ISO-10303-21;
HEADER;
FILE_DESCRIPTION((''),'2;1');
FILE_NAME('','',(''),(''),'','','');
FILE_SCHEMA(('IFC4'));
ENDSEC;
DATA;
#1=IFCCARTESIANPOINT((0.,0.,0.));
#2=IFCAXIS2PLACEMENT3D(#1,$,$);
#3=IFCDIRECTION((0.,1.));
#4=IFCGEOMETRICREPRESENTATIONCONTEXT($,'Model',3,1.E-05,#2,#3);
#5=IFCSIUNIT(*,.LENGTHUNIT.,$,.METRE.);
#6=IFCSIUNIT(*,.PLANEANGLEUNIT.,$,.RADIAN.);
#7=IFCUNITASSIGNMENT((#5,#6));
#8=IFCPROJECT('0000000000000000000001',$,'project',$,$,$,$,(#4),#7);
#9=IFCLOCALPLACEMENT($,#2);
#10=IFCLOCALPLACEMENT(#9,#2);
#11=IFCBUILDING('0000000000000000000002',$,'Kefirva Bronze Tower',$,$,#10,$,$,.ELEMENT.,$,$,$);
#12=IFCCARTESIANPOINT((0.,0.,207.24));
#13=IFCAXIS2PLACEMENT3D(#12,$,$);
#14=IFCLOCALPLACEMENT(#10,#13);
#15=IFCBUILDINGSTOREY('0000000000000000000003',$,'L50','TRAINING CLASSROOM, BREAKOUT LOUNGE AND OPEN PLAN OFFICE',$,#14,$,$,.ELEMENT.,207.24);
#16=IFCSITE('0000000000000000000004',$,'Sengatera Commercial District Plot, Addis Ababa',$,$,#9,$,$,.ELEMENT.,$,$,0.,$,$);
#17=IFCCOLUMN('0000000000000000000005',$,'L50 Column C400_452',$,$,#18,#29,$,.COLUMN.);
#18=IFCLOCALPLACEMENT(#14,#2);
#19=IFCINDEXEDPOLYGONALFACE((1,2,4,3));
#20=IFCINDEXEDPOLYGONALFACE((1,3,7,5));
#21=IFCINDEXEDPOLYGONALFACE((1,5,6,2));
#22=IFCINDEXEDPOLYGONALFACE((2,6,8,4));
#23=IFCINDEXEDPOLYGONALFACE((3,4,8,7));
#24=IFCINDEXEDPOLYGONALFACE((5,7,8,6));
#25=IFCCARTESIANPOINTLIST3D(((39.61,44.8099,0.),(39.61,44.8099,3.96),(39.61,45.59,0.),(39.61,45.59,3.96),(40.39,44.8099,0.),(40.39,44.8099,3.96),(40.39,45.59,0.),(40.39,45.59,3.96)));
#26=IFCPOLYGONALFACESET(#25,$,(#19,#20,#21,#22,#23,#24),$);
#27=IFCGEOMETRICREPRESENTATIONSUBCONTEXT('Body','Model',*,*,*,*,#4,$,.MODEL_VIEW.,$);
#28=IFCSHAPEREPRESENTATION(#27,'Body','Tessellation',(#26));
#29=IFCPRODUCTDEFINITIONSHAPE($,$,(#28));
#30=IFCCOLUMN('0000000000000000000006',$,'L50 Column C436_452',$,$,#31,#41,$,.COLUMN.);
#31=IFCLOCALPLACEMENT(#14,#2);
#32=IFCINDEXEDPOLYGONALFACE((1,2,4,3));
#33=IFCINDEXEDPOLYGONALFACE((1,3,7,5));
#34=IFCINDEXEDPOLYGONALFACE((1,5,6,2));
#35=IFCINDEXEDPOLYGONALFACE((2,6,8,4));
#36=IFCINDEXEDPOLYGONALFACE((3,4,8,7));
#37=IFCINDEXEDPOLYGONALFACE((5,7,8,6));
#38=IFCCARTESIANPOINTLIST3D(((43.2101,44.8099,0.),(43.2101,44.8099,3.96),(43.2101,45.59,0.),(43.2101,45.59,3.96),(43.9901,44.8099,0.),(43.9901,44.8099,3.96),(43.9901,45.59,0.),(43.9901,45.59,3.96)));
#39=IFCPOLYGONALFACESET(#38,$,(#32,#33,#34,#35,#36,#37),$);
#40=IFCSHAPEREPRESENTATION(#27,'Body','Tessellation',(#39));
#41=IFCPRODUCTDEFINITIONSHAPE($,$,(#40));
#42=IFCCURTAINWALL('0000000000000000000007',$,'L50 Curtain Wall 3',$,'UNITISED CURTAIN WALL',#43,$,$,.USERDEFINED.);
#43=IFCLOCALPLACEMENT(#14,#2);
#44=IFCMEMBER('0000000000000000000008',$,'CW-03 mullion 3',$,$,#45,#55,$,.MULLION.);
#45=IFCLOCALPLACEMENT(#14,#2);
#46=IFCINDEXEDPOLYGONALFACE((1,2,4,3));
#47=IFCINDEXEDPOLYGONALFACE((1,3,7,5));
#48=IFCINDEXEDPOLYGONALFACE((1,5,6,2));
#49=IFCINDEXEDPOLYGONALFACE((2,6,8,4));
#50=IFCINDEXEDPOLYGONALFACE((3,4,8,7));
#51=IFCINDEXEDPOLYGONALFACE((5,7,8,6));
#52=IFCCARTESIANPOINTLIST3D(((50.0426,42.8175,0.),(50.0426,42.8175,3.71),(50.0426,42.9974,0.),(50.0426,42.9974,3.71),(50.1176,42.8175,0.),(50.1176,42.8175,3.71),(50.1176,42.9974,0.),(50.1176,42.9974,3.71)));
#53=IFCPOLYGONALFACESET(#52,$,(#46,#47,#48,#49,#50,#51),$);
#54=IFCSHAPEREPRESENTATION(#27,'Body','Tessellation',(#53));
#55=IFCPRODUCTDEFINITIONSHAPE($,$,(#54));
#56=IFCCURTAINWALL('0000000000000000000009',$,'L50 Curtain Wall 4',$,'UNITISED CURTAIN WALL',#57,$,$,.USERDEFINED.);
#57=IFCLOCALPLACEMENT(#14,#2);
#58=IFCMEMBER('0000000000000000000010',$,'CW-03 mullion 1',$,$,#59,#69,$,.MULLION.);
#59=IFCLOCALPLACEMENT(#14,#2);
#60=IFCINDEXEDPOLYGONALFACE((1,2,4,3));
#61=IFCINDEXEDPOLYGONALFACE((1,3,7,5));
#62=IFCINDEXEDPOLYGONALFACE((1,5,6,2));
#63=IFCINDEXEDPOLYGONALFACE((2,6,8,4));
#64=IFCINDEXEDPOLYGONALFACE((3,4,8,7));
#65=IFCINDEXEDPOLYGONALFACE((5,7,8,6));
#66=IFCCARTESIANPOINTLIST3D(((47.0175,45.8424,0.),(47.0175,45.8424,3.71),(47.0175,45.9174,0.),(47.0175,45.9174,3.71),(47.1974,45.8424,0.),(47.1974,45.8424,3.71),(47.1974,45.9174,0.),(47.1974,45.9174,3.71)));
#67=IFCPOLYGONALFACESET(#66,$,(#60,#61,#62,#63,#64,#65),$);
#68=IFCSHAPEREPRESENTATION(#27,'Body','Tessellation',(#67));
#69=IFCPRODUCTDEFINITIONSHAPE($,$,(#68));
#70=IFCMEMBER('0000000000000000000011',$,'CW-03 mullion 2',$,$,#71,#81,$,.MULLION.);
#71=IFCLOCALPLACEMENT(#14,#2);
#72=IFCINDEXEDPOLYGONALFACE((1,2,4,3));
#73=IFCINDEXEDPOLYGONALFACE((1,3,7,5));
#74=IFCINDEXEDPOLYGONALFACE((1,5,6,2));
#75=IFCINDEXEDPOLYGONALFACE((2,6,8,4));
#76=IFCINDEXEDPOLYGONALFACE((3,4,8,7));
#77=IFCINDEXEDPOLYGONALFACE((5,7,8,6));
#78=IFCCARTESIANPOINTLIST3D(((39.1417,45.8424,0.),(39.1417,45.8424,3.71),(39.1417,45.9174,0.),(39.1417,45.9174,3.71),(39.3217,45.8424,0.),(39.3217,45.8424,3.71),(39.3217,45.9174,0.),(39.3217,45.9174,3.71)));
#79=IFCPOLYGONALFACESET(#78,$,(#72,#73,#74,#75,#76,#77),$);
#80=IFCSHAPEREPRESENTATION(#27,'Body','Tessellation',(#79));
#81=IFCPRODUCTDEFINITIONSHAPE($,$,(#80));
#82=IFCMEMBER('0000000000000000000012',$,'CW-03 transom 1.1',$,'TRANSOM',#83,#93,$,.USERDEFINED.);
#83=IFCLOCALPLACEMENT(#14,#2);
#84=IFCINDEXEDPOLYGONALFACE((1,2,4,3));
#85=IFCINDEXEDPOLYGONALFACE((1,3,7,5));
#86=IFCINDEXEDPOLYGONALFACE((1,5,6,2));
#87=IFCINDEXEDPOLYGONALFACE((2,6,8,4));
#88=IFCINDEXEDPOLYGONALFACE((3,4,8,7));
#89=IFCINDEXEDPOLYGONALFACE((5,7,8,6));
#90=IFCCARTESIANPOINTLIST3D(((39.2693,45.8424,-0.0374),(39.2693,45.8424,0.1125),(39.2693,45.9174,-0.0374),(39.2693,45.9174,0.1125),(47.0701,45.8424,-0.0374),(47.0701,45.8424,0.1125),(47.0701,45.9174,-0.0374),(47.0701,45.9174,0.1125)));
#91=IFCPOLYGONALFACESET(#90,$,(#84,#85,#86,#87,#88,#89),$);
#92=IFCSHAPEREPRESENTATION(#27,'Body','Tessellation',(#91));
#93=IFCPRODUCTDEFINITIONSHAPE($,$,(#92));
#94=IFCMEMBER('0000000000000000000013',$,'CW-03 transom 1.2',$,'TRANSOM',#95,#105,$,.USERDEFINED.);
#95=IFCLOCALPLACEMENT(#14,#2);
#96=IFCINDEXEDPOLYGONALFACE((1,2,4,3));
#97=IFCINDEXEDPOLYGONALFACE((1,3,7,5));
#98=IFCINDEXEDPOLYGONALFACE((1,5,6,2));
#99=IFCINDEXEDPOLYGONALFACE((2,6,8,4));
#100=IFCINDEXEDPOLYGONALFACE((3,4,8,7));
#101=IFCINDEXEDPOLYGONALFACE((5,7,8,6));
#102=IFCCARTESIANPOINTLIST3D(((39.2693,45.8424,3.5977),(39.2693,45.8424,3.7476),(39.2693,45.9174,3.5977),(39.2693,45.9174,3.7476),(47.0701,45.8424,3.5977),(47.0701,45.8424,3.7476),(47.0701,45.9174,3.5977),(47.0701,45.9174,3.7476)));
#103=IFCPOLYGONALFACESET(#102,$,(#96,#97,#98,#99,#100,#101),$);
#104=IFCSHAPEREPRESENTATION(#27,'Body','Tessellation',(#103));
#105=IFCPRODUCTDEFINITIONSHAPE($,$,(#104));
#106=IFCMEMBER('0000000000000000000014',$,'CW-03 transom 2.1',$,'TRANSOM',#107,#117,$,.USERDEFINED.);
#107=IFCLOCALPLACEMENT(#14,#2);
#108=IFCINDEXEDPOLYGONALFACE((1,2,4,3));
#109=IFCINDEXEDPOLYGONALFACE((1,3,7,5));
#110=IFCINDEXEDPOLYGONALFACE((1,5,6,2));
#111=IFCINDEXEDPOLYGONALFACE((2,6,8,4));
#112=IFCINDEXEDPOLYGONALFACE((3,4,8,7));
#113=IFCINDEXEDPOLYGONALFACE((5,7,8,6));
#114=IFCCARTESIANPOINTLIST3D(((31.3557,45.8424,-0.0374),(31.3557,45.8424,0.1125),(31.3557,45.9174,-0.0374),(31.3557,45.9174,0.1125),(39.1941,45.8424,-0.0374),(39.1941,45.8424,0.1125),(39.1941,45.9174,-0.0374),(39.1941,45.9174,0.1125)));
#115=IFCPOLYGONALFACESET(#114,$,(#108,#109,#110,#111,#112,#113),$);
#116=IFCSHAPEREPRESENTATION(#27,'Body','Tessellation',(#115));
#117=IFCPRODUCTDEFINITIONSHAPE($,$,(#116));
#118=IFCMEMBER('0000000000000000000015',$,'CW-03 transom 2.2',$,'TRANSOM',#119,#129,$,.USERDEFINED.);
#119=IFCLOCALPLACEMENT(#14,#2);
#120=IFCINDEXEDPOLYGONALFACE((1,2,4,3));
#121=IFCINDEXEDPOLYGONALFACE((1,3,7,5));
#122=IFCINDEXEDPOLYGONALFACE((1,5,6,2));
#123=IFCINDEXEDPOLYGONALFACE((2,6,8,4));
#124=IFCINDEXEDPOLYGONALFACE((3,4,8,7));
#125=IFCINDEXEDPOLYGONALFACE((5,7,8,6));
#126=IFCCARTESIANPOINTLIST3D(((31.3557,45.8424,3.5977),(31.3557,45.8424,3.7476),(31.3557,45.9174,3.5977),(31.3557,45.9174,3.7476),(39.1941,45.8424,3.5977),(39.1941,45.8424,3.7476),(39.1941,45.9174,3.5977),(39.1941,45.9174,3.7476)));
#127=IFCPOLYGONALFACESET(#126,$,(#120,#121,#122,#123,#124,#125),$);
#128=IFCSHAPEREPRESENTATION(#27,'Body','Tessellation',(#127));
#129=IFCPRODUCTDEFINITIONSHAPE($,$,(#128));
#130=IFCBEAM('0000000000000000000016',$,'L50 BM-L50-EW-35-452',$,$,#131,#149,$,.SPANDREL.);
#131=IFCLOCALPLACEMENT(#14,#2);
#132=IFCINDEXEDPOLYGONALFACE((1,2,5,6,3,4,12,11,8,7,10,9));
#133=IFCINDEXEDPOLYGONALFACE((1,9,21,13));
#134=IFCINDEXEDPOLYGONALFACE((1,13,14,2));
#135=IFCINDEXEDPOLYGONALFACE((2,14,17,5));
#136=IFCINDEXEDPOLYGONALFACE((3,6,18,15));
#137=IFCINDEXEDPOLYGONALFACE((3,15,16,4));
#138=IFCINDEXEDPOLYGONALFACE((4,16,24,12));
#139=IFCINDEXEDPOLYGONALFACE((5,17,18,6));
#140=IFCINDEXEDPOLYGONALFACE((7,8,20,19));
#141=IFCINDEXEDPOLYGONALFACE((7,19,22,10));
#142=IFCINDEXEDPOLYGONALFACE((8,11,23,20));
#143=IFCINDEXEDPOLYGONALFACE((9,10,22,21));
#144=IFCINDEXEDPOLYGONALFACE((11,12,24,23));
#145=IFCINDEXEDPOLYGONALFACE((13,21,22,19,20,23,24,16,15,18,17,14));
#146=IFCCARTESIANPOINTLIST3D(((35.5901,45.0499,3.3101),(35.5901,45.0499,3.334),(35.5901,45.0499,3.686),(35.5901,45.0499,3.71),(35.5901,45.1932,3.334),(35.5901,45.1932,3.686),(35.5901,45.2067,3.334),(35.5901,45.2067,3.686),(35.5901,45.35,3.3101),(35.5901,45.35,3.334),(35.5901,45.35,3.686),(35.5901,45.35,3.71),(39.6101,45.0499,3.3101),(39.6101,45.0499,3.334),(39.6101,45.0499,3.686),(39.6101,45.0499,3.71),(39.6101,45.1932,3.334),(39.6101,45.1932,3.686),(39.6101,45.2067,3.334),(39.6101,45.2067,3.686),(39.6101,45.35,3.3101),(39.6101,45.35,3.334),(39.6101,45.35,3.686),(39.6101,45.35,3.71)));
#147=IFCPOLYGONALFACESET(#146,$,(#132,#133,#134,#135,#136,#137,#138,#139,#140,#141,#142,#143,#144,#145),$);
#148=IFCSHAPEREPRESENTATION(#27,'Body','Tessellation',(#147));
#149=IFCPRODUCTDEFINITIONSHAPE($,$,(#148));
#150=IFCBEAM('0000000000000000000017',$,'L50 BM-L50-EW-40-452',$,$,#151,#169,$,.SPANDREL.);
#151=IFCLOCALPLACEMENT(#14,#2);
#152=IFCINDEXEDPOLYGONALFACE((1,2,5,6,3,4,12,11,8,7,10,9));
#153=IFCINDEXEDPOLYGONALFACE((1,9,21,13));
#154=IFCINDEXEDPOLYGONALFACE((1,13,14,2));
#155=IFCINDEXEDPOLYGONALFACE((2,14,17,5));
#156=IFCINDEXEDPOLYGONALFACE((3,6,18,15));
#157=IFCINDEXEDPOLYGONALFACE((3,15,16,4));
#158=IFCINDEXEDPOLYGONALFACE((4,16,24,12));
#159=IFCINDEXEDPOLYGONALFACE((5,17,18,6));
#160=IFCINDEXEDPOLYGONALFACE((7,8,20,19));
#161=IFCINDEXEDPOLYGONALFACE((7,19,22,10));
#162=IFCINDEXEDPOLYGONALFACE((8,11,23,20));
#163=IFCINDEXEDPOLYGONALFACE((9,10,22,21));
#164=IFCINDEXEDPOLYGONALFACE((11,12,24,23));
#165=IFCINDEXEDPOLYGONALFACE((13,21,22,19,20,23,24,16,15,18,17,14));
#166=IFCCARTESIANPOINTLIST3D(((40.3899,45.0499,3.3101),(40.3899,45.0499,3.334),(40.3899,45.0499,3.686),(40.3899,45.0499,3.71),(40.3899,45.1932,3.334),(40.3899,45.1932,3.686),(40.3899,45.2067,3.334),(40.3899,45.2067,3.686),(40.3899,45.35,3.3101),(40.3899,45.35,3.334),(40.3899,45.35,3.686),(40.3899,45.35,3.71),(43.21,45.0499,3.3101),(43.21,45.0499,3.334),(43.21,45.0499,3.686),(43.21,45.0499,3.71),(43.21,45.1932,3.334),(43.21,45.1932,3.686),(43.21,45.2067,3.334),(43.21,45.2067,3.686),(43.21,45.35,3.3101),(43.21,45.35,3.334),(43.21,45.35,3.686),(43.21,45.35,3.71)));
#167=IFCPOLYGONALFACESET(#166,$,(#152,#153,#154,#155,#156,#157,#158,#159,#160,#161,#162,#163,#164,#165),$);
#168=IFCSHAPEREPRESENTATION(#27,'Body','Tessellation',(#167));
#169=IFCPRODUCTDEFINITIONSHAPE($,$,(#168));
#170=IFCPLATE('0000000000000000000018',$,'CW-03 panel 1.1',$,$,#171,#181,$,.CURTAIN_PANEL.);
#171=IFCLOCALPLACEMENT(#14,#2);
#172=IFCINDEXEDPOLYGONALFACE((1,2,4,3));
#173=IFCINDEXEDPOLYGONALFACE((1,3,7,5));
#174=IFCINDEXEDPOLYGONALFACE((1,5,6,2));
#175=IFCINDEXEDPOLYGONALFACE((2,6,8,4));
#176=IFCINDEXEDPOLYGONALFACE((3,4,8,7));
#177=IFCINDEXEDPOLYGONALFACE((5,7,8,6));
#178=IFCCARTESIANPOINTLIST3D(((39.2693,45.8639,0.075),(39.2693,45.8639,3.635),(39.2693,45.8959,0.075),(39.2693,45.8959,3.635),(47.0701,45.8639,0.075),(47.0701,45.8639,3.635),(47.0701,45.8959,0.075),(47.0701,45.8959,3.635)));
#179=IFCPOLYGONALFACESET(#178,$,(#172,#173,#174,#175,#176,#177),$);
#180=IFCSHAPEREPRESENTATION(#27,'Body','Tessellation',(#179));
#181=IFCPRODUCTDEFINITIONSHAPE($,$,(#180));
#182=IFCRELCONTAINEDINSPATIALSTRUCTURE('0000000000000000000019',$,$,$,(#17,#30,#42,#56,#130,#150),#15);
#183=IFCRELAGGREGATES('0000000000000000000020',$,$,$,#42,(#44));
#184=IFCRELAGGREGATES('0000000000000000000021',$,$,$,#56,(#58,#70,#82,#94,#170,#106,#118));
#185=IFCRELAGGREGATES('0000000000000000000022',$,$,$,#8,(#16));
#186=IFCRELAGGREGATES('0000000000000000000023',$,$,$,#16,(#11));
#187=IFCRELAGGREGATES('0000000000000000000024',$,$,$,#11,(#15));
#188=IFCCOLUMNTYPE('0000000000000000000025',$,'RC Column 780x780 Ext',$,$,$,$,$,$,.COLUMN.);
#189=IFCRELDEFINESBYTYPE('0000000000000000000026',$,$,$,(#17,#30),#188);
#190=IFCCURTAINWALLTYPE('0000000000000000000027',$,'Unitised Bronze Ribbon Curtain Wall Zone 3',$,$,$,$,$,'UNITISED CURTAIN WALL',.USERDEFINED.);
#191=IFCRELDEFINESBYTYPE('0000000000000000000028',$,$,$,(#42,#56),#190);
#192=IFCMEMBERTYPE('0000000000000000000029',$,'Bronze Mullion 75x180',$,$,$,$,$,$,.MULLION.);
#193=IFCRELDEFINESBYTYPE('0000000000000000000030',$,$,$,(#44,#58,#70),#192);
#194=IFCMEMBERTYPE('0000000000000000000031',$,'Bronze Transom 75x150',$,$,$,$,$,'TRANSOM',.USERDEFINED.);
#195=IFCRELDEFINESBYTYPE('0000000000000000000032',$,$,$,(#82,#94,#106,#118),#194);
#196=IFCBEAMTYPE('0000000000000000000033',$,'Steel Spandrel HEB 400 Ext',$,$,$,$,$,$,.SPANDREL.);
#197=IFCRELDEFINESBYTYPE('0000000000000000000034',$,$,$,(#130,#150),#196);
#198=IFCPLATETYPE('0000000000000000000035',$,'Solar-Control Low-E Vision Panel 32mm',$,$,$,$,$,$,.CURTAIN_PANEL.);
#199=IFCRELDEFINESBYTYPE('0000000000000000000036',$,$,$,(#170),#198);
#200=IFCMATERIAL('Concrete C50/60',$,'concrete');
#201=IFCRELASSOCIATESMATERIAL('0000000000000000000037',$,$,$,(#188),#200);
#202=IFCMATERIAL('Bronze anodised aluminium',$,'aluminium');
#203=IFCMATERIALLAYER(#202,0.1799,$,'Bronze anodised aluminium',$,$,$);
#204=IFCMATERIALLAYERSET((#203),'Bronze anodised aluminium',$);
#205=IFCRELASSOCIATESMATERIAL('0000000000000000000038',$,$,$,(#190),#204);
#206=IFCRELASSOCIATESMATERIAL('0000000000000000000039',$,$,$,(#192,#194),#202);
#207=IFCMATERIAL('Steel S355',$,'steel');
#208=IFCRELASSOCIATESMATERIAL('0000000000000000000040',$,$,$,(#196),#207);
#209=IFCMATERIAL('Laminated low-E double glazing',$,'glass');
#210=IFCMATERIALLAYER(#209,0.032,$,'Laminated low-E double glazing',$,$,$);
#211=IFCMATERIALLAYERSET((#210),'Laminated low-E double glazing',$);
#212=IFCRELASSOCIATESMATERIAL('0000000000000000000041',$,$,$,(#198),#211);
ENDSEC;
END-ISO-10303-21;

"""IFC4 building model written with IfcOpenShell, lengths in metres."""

from ifc_helpers import new_model, si_unit, direction, frame, origin, origin_2d, place, context, subcontext, project, spatial, rectangle, i_section, extrude, material, layer, layer_set, material_profile, profile_set, type_object, element, aggregate, save


model = new_model("IFC4")

# Units and contexts
model_context = context("Model", 3, precision=1e-05, world=origin(), true_north=direction((0.0, 1.0)))
body_context = subcontext(model_context, "Body", "Model", "MODEL_VIEW")
ifc_project = project(units=[si_unit("LENGTHUNIT", "METRE"), si_unit("PLANEANGLEUNIT", "RADIAN")], contexts=[model_context])

# Site, building, storey
site_placement = place(None, origin())
site = spatial("IfcSite", under=ifc_project, at=site_placement, Name="Sengatera Commercial District Plot, Addis Ababa", CompositionType="ELEMENT", RefElevation=0.0)
building_placement = place(site_placement, origin())
building = spatial("IfcBuilding", under=site, at=building_placement, Name="Kefirva Bronze Tower", CompositionType="ELEMENT")
storey_placement = place(building_placement, frame((0.0, 0.0, 207.24)))
storey = spatial("IfcBuildingStorey", under=building, at=storey_placement, Name="L50", Description="TRAINING CLASSROOM, BREAKOUT LOUNGE AND OPEN PLAN OFFICE", CompositionType="ELEMENT", Elevation=207.24)

# Columns
ifc_material_1 = material(Name="Concrete C50/60", Category="concrete")
ifc_material_profile_1 = material_profile(ifc_material_1, rectangle(XDim=0.78, YDim=0.78, at=origin_2d()), Name="RC 780x780")
ifc_profile_set_1 = profile_set([ifc_material_profile_1], Name="Concrete C50/60")
column_type = type_object("IfcColumnType", Name="RC Column 780x780 Ext", PredefinedType="COLUMN", material=ifc_profile_set_1)
for number, where, z_axis, x_axis, name in (
    (1, (40.0, 45.2, 0.0), (0.0, 0.0, 1.0), (1.0, 0.0, 0.0), "L50 Column C400_452"),
    (2, (43.6001, 45.2, 0.0), (0.0, 0.0, 1.0), (1.0, 0.0, 0.0), "L50 Column C436_452"),
):
    element("IfcColumn", number, at=place(storey_placement, frame(where, z_axis=z_axis, x_axis=x_axis)), inside=storey, type_object=column_type, Name=name, PredefinedType="COLUMN", context=body_context, shape_type="SweptSolid", body=[
        extrude(rectangle(XDim=0.78, YDim=0.78, at=origin_2d()), origin(), (0.0, 0.0, 1.0), 3.96),
    ])

# Curtain wall, member
ifc_material_2 = material(Name="Bronze anodised aluminium", Category="aluminium")
ifc_layer_1 = layer(ifc_material_2, 0.1799, Name="Bronze anodised aluminium")
ifc_layer_set_1 = layer_set([ifc_layer_1], Name="Bronze anodised aluminium")
curtain_wall_type = type_object("IfcCurtainWallType", Name="Unitised Bronze Ribbon Curtain Wall Zone 3", ElementType="UNITISED CURTAIN WALL", PredefinedType="USERDEFINED", material=ifc_layer_set_1)
curtain_wall_1_placement = place(storey_placement, origin())
curtain_wall_1 = element("IfcCurtainWall", 3, at=curtain_wall_1_placement, inside=storey, type_object=curtain_wall_type, Name="L50 Curtain Wall 3", ObjectType="UNITISED CURTAIN WALL", PredefinedType="USERDEFINED")
ifc_material_profile_2 = material_profile(ifc_material_2, rectangle(XDim=0.075, YDim=0.1799, at=origin_2d()), Name="ALU 75x180")
ifc_profile_set_2 = profile_set([ifc_material_profile_2], Name="Bronze anodised aluminium")
member_type_1 = type_object("IfcMemberType", Name="Bronze Mullion 75x180", PredefinedType="MULLION", material=ifc_profile_set_2)
member_1_placement = place(storey_placement, frame((50.0801, 42.9075, 0.0), z_axis=(0.0, 0.0, 1.0), x_axis=(-1.0, 0.0, 0.0)))
member_1 = element("IfcMember", 4, at=member_1_placement, type_object=member_type_1, Name="CW-03 mullion 3", PredefinedType="MULLION", context=body_context, shape_type="SweptSolid", body=[
    extrude(rectangle(XDim=0.075, YDim=0.1799, at=origin_2d()), origin(), (0.0, 0.0, 1.0), 3.71),
])
aggregate(curtain_wall_1, [member_1])

# Curtain wall, members
curtain_wall_2_placement = place(storey_placement, origin())
curtain_wall_2 = element("IfcCurtainWall", 5, at=curtain_wall_2_placement, inside=storey, type_object=curtain_wall_type, Name="L50 Curtain Wall 4", ObjectType="UNITISED CURTAIN WALL", PredefinedType="USERDEFINED")
member_2_placement = place(storey_placement, frame((47.1074, 45.8799, 0.0), z_axis=(0.0, 0.0, 1.0), x_axis=(0.0, -1.0, 0.0)))
member_2 = element("IfcMember", 6, at=member_2_placement, type_object=member_type_1, Name="CW-03 mullion 1", PredefinedType="MULLION", context=body_context, shape_type="SweptSolid", body=[
    extrude(rectangle(XDim=0.075, YDim=0.1799, at=origin_2d()), origin(), (0.0, 0.0, 1.0), 3.71),
])
member_3_placement = place(storey_placement, frame((39.2317, 45.8799, 0.0), z_axis=(0.0, 0.0, 1.0), x_axis=(0.0, -1.0, 0.0)))
member_3 = element("IfcMember", 7, at=member_3_placement, type_object=member_type_1, Name="CW-03 mullion 2", PredefinedType="MULLION", context=body_context, shape_type="SweptSolid", body=[
    extrude(rectangle(XDim=0.075, YDim=0.1799, at=origin_2d()), origin(), (0.0, 0.0, 1.0), 3.71),
])
ifc_material_profile_3 = material_profile(ifc_material_2, rectangle(XDim=0.075, YDim=0.1499, at=origin_2d()), Name="ALU 75x150")
ifc_profile_set_3 = profile_set([ifc_material_profile_3], Name="Bronze anodised aluminium")
member_type_2 = type_object("IfcMemberType", Name="Bronze Transom 75x150", ElementType="TRANSOM", PredefinedType="USERDEFINED", material=ifc_profile_set_3)
member_4_placement = place(storey_placement, frame((47.0701, 45.8799, 0.0376), z_axis=(-1.0, 0.0, 0.0), x_axis=(0.0, -1.0, 0.0)))
member_4 = element("IfcMember", 8, at=member_4_placement, type_object=member_type_2, Name="CW-03 transom 1.1", ObjectType="TRANSOM", PredefinedType="USERDEFINED", context=body_context, shape_type="SweptSolid", body=[
    extrude(rectangle(XDim=0.075, YDim=0.1499, at=origin_2d()), origin(), (0.0, 0.0, 1.0), 7.8008),
])
member_5_placement = place(storey_placement, frame((47.0701, 45.8799, 3.6726), z_axis=(-1.0, 0.0, 0.0), x_axis=(0.0, -1.0, 0.0)))
member_5 = element("IfcMember", 9, at=member_5_placement, type_object=member_type_2, Name="CW-03 transom 1.2", ObjectType="TRANSOM", PredefinedType="USERDEFINED", context=body_context, shape_type="SweptSolid", body=[
    extrude(rectangle(XDim=0.075, YDim=0.1499, at=origin_2d()), origin(), (0.0, 0.0, 1.0), 7.8008),
])
member_6_placement = place(storey_placement, frame((39.1941, 45.8799, 0.0376), z_axis=(-1.0, 0.0, 0.0), x_axis=(0.0, -1.0, 0.0)))
member_6 = element("IfcMember", 10, at=member_6_placement, type_object=member_type_2, Name="CW-03 transom 2.1", ObjectType="TRANSOM", PredefinedType="USERDEFINED", context=body_context, shape_type="SweptSolid", body=[
    extrude(rectangle(XDim=0.075, YDim=0.1499, at=origin_2d()), origin(), (0.0, 0.0, 1.0), 7.8384),
])
member_7_placement = place(storey_placement, frame((39.1941, 45.8799, 3.6726), z_axis=(-1.0, 0.0, 0.0), x_axis=(0.0, -1.0, 0.0)))
member_7 = element("IfcMember", 11, at=member_7_placement, type_object=member_type_2, Name="CW-03 transom 2.2", ObjectType="TRANSOM", PredefinedType="USERDEFINED", context=body_context, shape_type="SweptSolid", body=[
    extrude(rectangle(XDim=0.075, YDim=0.1499, at=origin_2d()), origin(), (0.0, 0.0, 1.0), 7.8384),
])

# Beams
ifc_material_3 = material(Name="Steel S355", Category="steel")
ifc_material_profile_4 = material_profile(ifc_material_3, i_section(OverallWidth=0.3, OverallDepth=0.3999, WebThickness=0.0134, FlangeThickness=0.0239, at=origin_2d()), Name="HEB 400")
ifc_profile_set_4 = profile_set([ifc_material_profile_4], Name="Steel S355")
beam_type = type_object("IfcBeamType", Name="Steel Spandrel HEB 400 Ext", PredefinedType="SPANDREL", material=ifc_profile_set_4)
beam_1_placement = place(storey_placement, frame((35.5901, 45.2, 3.51), z_axis=(1.0, 0.0, 0.0), x_axis=(0.0, 1.0, 0.0)))
element("IfcBeam", 12, at=beam_1_placement, inside=storey, type_object=beam_type, Name="L50 BM-L50-EW-35-452", PredefinedType="SPANDREL", context=body_context, shape_type="SweptSolid", body=[
    extrude(i_section(OverallWidth=0.3, OverallDepth=0.3999, WebThickness=0.0134, FlangeThickness=0.0239, at=origin_2d()), origin(), (0.0, 0.0, 1.0), 4.02),
])
beam_2_placement = place(storey_placement, frame((40.3899, 45.2, 3.51), z_axis=(1.0, 0.0, 0.0), x_axis=(0.0, 1.0, 0.0)))
element("IfcBeam", 13, at=beam_2_placement, inside=storey, type_object=beam_type, Name="L50 BM-L50-EW-40-452", PredefinedType="SPANDREL", context=body_context, shape_type="SweptSolid", body=[
    extrude(i_section(OverallWidth=0.3, OverallDepth=0.3999, WebThickness=0.0134, FlangeThickness=0.0239, at=origin_2d()), origin(), (0.0, 0.0, 1.0), 2.8201),
])

# Plate
ifc_material_4 = material(Name="Laminated low-E double glazing", Category="glass")
ifc_layer_2 = layer(ifc_material_4, 0.032, Name="Laminated low-E double glazing")
ifc_layer_set_2 = layer_set([ifc_layer_2], Name="Laminated low-E double glazing")
plate_type = type_object("IfcPlateType", Name="Solar-Control Low-E Vision Panel 32mm", PredefinedType="CURTAIN_PANEL", material=ifc_layer_set_2)
plate_placement = place(storey_placement, frame((43.1697, 45.8799, 0.075), z_axis=(0.0, 0.0, 1.0), x_axis=(-1.0, 0.0, 0.0)))
plate = element("IfcPlate", 14, at=plate_placement, type_object=plate_type, Name="CW-03 panel 1.1", PredefinedType="CURTAIN_PANEL", context=body_context, shape_type="SweptSolid", body=[
    extrude(rectangle(XDim=7.8008, YDim=0.032, at=origin_2d()), origin(), (0.0, 0.0, 1.0), 3.5601),
])
aggregate(curtain_wall_2, [member_2, member_3, member_4, member_5, plate, member_6, member_7])

save(model, "model.ifc")
